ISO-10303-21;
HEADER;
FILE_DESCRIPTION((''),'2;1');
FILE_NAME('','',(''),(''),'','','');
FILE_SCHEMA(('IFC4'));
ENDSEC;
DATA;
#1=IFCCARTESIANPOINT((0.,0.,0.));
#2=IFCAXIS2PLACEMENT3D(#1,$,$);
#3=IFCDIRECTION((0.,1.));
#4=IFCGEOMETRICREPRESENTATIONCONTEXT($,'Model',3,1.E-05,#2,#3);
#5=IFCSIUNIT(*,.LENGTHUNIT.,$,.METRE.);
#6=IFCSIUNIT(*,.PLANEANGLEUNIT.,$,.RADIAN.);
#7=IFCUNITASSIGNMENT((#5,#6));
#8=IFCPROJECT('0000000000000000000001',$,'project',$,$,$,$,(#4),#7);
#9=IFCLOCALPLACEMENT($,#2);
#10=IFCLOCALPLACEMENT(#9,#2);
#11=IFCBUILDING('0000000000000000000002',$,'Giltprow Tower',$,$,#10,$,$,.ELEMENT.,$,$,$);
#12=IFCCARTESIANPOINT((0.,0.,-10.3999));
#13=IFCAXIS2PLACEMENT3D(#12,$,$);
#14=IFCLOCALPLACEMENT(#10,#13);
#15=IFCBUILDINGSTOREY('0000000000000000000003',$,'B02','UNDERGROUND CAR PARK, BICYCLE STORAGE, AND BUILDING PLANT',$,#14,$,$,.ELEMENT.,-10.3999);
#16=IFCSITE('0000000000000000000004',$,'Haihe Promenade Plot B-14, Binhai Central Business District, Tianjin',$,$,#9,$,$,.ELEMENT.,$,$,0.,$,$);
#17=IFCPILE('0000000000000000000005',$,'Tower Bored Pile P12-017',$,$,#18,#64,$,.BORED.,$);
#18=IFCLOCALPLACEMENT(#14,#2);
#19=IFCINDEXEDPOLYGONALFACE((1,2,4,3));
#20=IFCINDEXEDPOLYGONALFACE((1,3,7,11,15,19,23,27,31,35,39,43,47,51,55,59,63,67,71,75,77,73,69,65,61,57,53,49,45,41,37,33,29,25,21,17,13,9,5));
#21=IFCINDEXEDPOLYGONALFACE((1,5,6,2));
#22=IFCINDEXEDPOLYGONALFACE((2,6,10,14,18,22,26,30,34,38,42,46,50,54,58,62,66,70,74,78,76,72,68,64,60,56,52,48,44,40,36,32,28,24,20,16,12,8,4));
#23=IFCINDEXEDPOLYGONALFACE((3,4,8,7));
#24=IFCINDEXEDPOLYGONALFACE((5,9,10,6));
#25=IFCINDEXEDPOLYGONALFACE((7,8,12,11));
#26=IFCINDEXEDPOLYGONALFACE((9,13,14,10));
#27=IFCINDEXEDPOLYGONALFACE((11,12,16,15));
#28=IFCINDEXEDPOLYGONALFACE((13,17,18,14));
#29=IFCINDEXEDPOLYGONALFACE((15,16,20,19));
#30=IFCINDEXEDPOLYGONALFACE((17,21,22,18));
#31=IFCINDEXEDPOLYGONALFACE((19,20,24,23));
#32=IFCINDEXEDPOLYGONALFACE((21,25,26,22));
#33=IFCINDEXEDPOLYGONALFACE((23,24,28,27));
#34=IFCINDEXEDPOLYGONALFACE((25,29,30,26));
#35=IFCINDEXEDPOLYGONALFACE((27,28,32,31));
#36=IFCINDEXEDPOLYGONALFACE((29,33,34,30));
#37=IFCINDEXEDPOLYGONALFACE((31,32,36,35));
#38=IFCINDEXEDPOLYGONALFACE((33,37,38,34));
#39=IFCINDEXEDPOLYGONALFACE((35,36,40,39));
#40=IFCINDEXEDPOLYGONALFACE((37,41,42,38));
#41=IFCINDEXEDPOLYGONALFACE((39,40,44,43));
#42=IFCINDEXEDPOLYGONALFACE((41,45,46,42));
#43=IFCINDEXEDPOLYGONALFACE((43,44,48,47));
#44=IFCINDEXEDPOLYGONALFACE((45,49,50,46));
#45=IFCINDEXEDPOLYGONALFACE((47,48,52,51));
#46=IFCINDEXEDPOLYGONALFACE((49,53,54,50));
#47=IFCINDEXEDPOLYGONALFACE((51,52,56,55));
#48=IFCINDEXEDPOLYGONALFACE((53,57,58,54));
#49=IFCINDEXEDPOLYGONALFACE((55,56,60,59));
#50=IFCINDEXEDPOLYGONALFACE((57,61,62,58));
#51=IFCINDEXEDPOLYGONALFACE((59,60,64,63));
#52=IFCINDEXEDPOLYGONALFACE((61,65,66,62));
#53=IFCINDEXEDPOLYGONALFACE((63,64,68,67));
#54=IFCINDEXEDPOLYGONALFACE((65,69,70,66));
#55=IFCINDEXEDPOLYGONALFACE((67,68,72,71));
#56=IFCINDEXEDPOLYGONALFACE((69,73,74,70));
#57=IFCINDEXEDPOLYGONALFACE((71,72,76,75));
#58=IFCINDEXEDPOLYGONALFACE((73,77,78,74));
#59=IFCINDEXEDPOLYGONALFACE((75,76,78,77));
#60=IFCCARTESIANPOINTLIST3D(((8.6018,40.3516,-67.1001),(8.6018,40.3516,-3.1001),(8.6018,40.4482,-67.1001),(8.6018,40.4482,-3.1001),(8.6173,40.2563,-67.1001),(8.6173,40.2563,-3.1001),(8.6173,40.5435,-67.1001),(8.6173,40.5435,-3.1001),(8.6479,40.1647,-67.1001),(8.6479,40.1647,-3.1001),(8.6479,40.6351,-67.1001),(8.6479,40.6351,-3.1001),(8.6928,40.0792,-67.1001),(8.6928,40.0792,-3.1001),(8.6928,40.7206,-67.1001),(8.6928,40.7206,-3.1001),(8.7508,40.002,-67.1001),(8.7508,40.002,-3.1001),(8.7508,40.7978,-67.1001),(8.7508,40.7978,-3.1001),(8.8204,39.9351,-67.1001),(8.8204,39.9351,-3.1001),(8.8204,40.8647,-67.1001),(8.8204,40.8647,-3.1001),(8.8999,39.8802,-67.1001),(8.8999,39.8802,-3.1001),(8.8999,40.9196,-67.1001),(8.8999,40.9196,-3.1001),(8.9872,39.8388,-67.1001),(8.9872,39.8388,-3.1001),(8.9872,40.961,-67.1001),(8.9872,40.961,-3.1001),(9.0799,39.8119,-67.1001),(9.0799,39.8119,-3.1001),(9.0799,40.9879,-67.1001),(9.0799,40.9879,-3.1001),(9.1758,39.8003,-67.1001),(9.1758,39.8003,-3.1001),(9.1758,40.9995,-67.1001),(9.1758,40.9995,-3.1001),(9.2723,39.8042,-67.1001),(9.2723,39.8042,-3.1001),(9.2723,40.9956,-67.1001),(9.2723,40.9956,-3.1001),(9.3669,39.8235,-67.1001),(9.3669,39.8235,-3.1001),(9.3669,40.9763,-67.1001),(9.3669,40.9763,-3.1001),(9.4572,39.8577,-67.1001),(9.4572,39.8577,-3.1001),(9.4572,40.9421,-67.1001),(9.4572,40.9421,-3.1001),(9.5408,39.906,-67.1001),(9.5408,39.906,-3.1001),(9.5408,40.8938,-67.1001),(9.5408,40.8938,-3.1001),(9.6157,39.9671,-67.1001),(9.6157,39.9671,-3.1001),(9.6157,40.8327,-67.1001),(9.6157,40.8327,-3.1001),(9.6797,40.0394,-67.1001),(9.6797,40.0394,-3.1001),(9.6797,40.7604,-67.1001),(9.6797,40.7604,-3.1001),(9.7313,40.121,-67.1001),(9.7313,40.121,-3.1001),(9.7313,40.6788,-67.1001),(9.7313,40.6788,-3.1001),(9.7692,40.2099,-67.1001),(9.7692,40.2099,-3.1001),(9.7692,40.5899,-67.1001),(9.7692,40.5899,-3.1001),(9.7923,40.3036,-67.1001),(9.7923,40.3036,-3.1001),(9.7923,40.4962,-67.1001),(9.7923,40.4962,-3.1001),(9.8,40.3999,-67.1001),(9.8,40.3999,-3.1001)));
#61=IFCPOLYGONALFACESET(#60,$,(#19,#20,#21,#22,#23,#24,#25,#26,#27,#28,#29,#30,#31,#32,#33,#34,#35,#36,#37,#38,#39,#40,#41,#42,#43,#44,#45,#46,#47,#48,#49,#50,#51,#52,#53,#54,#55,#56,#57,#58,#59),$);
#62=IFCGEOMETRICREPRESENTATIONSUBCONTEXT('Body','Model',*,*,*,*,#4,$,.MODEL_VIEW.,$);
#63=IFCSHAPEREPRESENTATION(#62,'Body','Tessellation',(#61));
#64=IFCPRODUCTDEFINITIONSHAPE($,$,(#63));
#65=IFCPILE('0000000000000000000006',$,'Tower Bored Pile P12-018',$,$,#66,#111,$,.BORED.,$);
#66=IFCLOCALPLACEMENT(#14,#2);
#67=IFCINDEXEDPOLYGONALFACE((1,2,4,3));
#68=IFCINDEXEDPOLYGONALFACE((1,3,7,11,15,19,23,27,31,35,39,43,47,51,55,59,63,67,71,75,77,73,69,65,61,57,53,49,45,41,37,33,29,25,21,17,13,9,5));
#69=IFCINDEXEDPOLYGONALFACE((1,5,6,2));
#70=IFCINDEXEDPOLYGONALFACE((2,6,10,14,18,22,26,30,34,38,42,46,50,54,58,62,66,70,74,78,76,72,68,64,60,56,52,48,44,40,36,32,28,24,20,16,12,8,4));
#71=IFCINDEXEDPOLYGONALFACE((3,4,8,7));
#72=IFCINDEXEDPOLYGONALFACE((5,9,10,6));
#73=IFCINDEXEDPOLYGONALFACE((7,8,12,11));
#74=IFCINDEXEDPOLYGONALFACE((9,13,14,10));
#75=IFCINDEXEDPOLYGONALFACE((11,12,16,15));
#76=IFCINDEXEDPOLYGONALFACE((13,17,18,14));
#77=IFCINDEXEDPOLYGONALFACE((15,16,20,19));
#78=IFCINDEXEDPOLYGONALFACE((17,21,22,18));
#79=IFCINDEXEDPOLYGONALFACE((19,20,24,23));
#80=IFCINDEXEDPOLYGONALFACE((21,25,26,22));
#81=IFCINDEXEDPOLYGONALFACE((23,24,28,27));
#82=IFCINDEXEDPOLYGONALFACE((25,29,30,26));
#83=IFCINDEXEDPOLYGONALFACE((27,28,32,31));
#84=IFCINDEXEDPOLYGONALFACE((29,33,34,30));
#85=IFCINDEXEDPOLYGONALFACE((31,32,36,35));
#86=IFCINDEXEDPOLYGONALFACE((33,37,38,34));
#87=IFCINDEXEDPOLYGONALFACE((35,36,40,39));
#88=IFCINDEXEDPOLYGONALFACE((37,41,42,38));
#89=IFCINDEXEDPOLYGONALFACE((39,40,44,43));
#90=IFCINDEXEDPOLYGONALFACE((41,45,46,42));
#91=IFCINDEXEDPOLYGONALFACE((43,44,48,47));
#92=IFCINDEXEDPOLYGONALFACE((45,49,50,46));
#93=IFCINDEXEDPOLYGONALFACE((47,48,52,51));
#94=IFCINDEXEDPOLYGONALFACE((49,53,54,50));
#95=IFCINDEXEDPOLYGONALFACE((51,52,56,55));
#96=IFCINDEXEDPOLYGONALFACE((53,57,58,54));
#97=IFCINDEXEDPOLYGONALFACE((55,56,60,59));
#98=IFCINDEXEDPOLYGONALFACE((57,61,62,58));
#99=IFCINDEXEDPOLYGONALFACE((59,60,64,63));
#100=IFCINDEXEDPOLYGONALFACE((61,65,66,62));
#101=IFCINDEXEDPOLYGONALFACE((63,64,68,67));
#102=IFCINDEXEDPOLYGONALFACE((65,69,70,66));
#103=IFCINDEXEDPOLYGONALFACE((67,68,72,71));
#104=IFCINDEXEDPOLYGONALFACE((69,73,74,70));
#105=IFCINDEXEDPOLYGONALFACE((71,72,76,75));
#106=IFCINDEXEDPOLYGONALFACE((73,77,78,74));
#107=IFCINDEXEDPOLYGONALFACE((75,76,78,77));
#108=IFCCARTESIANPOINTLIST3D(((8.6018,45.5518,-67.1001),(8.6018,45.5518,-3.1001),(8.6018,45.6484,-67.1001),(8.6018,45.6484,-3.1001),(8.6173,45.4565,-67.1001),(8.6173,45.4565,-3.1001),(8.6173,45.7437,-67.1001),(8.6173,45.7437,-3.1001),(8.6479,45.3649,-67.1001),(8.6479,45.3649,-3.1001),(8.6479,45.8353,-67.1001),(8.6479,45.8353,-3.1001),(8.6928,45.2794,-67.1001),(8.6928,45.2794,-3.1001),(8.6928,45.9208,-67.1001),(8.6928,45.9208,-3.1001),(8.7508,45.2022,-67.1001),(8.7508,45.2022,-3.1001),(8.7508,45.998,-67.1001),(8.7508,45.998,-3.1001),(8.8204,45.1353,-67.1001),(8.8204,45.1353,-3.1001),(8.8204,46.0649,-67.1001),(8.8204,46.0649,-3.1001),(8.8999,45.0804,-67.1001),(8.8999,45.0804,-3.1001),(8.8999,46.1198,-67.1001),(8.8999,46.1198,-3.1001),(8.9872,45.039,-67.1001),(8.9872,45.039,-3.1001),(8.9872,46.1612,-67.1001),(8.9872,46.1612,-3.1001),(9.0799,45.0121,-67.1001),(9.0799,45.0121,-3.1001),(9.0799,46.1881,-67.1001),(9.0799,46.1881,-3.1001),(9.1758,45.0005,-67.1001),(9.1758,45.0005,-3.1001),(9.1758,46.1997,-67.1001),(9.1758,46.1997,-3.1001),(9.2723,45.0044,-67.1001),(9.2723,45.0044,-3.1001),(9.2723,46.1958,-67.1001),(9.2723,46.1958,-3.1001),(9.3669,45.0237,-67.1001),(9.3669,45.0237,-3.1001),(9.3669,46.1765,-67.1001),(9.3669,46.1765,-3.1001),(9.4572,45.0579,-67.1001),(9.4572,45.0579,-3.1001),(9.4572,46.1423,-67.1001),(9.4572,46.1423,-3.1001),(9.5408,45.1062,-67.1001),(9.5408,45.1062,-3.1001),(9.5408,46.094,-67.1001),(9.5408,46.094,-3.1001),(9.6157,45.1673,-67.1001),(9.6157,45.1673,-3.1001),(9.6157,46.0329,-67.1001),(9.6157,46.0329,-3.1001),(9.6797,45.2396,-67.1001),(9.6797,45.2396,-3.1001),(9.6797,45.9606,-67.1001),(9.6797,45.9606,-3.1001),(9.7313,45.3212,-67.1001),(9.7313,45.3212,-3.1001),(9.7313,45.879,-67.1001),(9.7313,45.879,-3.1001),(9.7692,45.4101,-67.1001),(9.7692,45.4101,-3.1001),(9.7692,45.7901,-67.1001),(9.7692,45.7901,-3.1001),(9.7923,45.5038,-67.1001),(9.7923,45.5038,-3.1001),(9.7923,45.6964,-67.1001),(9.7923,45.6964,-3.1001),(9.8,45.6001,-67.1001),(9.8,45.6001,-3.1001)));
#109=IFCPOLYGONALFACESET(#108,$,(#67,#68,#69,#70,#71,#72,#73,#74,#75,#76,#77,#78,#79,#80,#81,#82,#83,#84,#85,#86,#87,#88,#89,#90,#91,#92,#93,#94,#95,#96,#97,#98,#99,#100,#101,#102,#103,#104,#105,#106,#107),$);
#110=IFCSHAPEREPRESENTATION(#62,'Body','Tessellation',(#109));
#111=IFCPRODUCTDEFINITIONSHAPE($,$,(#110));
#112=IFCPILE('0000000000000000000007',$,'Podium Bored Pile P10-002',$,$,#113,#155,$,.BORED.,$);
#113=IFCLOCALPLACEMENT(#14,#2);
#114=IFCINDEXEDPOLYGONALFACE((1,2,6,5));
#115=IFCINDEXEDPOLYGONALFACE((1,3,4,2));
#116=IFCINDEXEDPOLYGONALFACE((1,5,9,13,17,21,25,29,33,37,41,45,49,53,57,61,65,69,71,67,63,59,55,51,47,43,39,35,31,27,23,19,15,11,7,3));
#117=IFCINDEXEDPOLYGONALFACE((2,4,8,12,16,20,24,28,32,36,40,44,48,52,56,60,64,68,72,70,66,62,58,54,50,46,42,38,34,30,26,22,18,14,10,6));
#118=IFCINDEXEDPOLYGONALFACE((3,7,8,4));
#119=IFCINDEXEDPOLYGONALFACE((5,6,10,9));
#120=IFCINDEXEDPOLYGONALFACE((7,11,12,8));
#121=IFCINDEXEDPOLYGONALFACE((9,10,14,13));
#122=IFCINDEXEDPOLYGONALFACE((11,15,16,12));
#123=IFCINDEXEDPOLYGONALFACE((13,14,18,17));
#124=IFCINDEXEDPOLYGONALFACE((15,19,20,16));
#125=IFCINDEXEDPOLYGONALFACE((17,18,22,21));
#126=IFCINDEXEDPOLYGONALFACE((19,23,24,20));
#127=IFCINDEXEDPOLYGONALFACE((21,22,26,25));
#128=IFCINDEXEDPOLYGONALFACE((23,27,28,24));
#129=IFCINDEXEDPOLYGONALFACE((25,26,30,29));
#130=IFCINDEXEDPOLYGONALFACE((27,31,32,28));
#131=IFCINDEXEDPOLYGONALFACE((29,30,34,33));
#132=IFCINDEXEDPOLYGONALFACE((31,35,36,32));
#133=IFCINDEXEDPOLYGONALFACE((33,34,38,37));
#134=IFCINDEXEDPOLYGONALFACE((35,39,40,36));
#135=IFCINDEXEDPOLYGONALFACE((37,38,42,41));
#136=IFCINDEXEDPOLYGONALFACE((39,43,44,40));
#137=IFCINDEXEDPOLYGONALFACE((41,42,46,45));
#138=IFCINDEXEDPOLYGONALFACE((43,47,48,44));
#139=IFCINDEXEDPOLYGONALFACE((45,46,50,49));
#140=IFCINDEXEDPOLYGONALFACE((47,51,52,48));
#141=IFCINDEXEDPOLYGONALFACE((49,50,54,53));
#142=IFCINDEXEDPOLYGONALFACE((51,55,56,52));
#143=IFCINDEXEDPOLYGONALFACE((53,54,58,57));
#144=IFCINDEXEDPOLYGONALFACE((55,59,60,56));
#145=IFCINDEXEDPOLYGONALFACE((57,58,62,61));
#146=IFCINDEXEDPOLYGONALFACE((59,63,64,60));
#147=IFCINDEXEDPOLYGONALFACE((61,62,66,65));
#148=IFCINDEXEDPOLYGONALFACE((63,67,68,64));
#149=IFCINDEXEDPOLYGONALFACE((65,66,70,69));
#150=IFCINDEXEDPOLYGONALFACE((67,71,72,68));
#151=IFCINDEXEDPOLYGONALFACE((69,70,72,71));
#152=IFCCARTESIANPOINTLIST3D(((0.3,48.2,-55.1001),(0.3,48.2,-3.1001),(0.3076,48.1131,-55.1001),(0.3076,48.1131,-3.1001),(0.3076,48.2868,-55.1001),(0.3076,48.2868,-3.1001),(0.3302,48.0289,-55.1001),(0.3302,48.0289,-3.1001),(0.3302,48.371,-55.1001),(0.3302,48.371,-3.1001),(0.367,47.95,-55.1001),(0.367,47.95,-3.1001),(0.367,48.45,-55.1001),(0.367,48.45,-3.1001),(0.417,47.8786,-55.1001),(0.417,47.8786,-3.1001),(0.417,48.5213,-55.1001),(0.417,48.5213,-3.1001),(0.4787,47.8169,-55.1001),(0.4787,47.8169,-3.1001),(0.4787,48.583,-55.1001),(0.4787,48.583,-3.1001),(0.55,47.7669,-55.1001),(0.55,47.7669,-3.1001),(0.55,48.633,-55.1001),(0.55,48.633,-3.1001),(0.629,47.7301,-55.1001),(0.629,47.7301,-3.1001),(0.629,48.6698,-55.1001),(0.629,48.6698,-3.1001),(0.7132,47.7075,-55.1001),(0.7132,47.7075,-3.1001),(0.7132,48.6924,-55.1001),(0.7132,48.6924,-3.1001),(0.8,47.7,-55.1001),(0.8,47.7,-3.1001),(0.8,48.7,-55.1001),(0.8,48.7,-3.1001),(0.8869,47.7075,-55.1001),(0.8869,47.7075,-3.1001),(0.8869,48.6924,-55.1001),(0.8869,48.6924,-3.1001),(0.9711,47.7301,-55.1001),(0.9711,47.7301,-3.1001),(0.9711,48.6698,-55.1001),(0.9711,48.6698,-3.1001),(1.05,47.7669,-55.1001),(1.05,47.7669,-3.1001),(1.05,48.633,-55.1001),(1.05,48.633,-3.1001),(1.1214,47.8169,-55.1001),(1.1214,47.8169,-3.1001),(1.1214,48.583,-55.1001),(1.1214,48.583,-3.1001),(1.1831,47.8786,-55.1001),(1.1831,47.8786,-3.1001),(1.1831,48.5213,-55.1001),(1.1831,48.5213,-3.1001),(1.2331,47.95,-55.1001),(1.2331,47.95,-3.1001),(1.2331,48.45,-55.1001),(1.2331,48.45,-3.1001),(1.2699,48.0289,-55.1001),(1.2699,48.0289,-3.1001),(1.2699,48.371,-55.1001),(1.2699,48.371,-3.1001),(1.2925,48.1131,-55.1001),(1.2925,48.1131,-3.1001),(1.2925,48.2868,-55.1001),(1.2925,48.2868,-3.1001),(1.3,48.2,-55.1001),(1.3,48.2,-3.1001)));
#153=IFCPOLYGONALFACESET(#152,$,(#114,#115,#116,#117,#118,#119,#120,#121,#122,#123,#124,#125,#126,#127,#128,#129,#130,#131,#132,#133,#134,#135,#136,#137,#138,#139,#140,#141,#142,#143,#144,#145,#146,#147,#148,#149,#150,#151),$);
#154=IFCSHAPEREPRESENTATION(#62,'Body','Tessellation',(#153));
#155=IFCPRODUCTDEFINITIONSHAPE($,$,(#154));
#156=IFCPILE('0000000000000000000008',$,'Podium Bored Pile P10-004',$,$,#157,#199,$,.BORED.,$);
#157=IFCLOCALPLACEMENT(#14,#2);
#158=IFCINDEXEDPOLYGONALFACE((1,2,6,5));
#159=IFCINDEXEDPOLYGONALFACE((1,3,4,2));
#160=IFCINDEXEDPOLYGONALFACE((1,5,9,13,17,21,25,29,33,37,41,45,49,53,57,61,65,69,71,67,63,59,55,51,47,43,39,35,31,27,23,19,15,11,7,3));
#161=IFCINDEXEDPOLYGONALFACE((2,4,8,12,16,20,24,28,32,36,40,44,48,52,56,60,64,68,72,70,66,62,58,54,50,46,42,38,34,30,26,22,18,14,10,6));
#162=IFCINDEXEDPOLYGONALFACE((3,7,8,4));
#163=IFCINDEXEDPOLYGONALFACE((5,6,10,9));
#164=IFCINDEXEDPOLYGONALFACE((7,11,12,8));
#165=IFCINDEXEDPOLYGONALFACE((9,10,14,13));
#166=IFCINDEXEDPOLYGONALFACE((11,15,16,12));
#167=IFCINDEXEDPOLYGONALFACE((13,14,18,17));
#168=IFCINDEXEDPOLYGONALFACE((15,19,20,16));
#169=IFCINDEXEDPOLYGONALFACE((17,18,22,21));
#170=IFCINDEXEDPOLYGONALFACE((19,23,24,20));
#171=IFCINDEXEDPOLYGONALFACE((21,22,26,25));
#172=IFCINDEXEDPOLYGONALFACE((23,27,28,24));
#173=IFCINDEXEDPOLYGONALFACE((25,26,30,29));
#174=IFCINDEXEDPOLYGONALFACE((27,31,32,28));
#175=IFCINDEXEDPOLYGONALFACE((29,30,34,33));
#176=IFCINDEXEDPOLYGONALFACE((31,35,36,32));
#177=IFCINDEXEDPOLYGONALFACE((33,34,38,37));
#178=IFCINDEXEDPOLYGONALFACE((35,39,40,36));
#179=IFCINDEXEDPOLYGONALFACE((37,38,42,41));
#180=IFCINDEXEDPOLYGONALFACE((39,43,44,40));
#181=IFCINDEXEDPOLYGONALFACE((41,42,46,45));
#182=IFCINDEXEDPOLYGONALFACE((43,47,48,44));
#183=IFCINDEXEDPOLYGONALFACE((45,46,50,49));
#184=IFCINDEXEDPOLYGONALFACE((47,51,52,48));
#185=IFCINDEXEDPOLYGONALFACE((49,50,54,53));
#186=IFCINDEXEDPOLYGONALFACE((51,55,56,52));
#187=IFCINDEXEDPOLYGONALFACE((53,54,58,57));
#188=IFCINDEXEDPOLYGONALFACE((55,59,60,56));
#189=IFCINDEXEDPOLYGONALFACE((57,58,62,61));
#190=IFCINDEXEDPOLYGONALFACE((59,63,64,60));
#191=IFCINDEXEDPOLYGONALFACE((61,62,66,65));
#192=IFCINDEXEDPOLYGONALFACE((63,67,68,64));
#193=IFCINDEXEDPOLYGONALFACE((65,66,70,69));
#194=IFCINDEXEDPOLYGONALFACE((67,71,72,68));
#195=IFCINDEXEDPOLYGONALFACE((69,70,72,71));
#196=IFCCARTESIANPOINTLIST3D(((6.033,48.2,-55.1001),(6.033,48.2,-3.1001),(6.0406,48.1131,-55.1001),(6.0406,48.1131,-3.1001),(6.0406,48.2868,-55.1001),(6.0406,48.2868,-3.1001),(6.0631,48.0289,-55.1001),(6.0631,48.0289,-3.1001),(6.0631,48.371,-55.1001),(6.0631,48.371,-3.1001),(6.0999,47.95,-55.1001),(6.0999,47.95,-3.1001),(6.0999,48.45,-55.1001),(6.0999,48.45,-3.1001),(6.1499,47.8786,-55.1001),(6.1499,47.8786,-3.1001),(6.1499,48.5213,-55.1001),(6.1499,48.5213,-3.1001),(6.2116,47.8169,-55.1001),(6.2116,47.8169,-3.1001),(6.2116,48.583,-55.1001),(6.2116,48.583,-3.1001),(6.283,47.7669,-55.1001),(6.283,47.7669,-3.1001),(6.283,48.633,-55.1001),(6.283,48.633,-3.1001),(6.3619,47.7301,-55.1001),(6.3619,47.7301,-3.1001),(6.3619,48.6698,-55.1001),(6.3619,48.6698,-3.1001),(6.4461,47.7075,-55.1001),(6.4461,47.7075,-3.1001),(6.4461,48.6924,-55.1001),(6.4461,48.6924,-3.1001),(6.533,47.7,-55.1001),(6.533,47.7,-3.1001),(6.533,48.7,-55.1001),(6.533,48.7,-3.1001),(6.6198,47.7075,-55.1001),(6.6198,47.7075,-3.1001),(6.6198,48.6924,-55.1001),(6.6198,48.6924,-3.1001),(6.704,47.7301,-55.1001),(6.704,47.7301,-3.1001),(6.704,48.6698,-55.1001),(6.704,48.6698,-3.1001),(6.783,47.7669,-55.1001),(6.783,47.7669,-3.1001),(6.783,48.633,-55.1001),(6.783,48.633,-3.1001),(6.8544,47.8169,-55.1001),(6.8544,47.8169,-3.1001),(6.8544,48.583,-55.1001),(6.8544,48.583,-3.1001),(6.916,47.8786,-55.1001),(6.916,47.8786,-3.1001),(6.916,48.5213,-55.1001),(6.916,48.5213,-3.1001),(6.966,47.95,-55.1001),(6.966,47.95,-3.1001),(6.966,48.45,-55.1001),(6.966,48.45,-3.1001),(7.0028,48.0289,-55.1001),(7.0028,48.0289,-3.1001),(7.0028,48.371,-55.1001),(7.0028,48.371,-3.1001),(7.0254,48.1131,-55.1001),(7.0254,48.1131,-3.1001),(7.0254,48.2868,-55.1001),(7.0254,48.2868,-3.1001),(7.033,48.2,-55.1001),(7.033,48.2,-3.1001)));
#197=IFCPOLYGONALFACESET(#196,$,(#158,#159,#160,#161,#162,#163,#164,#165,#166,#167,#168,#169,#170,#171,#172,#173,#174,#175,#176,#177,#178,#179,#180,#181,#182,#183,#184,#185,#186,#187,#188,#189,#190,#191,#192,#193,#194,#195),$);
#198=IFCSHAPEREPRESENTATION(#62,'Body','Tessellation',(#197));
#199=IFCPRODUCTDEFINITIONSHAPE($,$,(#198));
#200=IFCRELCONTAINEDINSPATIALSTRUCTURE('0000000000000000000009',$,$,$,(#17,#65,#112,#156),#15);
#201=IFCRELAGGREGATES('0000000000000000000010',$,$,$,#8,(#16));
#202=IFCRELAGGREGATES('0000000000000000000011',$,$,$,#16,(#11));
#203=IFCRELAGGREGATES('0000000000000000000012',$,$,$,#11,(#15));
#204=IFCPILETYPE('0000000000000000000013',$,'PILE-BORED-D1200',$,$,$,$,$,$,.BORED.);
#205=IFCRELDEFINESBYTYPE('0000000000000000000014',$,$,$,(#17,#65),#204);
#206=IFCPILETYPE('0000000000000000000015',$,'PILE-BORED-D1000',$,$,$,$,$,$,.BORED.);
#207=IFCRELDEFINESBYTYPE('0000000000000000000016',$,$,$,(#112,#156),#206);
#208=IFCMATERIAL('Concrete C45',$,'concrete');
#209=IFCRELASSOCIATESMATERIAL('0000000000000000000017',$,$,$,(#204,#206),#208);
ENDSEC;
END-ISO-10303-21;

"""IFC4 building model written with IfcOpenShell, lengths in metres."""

from ifc_helpers import new_model, si_unit, direction, frame, origin, origin_2d, place, context, subcontext, project, spatial, circle, extrude, source, transform, mapped, material, material_profile, profile_set, type_object, element, save


model = new_model("IFC4")

# Units and contexts
model_context = context("Model", 3, precision=1e-05, world=origin(), true_north=direction((0.0, 1.0)))
body_context = subcontext(model_context, "Body", "Model", "MODEL_VIEW")
ifc_project = project(units=[si_unit("LENGTHUNIT", "METRE"), si_unit("PLANEANGLEUNIT", "RADIAN")], contexts=[model_context])

# Site, building, storey
site_placement = place(None, origin())
site = spatial("IfcSite", under=ifc_project, at=site_placement, Name="Haihe Promenade Plot B-14, Binhai Central Business District, Tianjin", CompositionType="ELEMENT", RefElevation=0.0)
building_placement = place(site_placement, origin())
building = spatial("IfcBuilding", under=site, at=building_placement, Name="Giltprow Tower", CompositionType="ELEMENT")
storey_placement = place(building_placement, frame((0.0, 0.0, -10.3999)))
storey = spatial("IfcBuildingStorey", under=building, at=storey_placement, Name="B02", Description="UNDERGROUND CAR PARK, BICYCLE STORAGE, AND BUILDING PLANT", CompositionType="ELEMENT", Elevation=-10.3999)

# Piles
ifc_material_1 = material(Name="Concrete C45", Category="concrete")
ifc_material_profile_1 = material_profile(ifc_material_1, circle(Radius=0.6001, at=origin_2d()), Name="PILE D1200")
ifc_profile_set_1 = profile_set([ifc_material_profile_1], Name="Concrete C45")
pile_type_1 = type_object("IfcPileType", Name="PILE-BORED-D1200", PredefinedType="BORED", material=ifc_profile_set_1)
shared_shape_1 = source(origin(), body_context, "Body", "SweptSolid", [
    extrude(circle(Radius=0.6001, at=origin_2d()), origin(), (0.0, 0.0, 1.0), 64.0),
])
for number, where, z_axis, x_axis, name in (
    (1, (9.2, 40.3999, -3.1001), (0.0, 0.0, -1.0), (1.0, 0.0, 0.0), "Tower Bored Pile P12-017"),
    (2, (9.2, 45.6001, -3.1001), (0.0, 0.0, -1.0), (1.0, 0.0, 0.0), "Tower Bored Pile P12-018"),
):
    element("IfcPile", number, at=place(storey_placement, frame(where, z_axis=z_axis, x_axis=x_axis)), inside=storey, type_object=pile_type_1, Name=name, PredefinedType="BORED", context=body_context, shape_type="MappedRepresentation", body=[
        mapped(shared_shape_1, transform((0.0, 0.0, 0.0), x_axis=(1.0, 0.0, 0.0), y_axis=(0.0, 1.0, 0.0), z_axis=(0.0, 0.0, 1.0), scale=1.0)),
    ])
ifc_material_profile_2 = material_profile(ifc_material_1, circle(Radius=0.5, at=origin_2d()), Name="PILE D1000")
ifc_profile_set_2 = profile_set([ifc_material_profile_2], Name="Concrete C45")
pile_type_2 = type_object("IfcPileType", Name="PILE-BORED-D1000", PredefinedType="BORED", material=ifc_profile_set_2)
shared_shape_2 = source(origin(), body_context, "Body", "SweptSolid", [
    extrude(circle(Radius=0.5, at=origin_2d()), origin(), (0.0, 0.0, 1.0), 52.0),
])
for number, where, z_axis, x_axis, name in (
    (3, (0.8, 48.2, -3.1001), (0.0, 0.0, -1.0), (1.0, 0.0, 0.0), "Podium Bored Pile P10-002"),
    (4, (6.533, 48.2, -3.1001), (0.0, 0.0, -1.0), (1.0, 0.0, 0.0), "Podium Bored Pile P10-004"),
):
    element("IfcPile", number, at=place(storey_placement, frame(where, z_axis=z_axis, x_axis=x_axis)), inside=storey, type_object=pile_type_2, Name=name, PredefinedType="BORED", context=body_context, shape_type="MappedRepresentation", body=[
        mapped(shared_shape_2, transform((0.0, 0.0, 0.0), x_axis=(1.0, 0.0, 0.0), y_axis=(0.0, 1.0, 0.0), z_axis=(0.0, 0.0, 1.0), scale=1.0)),
    ])

save(model, "model.ifc")
